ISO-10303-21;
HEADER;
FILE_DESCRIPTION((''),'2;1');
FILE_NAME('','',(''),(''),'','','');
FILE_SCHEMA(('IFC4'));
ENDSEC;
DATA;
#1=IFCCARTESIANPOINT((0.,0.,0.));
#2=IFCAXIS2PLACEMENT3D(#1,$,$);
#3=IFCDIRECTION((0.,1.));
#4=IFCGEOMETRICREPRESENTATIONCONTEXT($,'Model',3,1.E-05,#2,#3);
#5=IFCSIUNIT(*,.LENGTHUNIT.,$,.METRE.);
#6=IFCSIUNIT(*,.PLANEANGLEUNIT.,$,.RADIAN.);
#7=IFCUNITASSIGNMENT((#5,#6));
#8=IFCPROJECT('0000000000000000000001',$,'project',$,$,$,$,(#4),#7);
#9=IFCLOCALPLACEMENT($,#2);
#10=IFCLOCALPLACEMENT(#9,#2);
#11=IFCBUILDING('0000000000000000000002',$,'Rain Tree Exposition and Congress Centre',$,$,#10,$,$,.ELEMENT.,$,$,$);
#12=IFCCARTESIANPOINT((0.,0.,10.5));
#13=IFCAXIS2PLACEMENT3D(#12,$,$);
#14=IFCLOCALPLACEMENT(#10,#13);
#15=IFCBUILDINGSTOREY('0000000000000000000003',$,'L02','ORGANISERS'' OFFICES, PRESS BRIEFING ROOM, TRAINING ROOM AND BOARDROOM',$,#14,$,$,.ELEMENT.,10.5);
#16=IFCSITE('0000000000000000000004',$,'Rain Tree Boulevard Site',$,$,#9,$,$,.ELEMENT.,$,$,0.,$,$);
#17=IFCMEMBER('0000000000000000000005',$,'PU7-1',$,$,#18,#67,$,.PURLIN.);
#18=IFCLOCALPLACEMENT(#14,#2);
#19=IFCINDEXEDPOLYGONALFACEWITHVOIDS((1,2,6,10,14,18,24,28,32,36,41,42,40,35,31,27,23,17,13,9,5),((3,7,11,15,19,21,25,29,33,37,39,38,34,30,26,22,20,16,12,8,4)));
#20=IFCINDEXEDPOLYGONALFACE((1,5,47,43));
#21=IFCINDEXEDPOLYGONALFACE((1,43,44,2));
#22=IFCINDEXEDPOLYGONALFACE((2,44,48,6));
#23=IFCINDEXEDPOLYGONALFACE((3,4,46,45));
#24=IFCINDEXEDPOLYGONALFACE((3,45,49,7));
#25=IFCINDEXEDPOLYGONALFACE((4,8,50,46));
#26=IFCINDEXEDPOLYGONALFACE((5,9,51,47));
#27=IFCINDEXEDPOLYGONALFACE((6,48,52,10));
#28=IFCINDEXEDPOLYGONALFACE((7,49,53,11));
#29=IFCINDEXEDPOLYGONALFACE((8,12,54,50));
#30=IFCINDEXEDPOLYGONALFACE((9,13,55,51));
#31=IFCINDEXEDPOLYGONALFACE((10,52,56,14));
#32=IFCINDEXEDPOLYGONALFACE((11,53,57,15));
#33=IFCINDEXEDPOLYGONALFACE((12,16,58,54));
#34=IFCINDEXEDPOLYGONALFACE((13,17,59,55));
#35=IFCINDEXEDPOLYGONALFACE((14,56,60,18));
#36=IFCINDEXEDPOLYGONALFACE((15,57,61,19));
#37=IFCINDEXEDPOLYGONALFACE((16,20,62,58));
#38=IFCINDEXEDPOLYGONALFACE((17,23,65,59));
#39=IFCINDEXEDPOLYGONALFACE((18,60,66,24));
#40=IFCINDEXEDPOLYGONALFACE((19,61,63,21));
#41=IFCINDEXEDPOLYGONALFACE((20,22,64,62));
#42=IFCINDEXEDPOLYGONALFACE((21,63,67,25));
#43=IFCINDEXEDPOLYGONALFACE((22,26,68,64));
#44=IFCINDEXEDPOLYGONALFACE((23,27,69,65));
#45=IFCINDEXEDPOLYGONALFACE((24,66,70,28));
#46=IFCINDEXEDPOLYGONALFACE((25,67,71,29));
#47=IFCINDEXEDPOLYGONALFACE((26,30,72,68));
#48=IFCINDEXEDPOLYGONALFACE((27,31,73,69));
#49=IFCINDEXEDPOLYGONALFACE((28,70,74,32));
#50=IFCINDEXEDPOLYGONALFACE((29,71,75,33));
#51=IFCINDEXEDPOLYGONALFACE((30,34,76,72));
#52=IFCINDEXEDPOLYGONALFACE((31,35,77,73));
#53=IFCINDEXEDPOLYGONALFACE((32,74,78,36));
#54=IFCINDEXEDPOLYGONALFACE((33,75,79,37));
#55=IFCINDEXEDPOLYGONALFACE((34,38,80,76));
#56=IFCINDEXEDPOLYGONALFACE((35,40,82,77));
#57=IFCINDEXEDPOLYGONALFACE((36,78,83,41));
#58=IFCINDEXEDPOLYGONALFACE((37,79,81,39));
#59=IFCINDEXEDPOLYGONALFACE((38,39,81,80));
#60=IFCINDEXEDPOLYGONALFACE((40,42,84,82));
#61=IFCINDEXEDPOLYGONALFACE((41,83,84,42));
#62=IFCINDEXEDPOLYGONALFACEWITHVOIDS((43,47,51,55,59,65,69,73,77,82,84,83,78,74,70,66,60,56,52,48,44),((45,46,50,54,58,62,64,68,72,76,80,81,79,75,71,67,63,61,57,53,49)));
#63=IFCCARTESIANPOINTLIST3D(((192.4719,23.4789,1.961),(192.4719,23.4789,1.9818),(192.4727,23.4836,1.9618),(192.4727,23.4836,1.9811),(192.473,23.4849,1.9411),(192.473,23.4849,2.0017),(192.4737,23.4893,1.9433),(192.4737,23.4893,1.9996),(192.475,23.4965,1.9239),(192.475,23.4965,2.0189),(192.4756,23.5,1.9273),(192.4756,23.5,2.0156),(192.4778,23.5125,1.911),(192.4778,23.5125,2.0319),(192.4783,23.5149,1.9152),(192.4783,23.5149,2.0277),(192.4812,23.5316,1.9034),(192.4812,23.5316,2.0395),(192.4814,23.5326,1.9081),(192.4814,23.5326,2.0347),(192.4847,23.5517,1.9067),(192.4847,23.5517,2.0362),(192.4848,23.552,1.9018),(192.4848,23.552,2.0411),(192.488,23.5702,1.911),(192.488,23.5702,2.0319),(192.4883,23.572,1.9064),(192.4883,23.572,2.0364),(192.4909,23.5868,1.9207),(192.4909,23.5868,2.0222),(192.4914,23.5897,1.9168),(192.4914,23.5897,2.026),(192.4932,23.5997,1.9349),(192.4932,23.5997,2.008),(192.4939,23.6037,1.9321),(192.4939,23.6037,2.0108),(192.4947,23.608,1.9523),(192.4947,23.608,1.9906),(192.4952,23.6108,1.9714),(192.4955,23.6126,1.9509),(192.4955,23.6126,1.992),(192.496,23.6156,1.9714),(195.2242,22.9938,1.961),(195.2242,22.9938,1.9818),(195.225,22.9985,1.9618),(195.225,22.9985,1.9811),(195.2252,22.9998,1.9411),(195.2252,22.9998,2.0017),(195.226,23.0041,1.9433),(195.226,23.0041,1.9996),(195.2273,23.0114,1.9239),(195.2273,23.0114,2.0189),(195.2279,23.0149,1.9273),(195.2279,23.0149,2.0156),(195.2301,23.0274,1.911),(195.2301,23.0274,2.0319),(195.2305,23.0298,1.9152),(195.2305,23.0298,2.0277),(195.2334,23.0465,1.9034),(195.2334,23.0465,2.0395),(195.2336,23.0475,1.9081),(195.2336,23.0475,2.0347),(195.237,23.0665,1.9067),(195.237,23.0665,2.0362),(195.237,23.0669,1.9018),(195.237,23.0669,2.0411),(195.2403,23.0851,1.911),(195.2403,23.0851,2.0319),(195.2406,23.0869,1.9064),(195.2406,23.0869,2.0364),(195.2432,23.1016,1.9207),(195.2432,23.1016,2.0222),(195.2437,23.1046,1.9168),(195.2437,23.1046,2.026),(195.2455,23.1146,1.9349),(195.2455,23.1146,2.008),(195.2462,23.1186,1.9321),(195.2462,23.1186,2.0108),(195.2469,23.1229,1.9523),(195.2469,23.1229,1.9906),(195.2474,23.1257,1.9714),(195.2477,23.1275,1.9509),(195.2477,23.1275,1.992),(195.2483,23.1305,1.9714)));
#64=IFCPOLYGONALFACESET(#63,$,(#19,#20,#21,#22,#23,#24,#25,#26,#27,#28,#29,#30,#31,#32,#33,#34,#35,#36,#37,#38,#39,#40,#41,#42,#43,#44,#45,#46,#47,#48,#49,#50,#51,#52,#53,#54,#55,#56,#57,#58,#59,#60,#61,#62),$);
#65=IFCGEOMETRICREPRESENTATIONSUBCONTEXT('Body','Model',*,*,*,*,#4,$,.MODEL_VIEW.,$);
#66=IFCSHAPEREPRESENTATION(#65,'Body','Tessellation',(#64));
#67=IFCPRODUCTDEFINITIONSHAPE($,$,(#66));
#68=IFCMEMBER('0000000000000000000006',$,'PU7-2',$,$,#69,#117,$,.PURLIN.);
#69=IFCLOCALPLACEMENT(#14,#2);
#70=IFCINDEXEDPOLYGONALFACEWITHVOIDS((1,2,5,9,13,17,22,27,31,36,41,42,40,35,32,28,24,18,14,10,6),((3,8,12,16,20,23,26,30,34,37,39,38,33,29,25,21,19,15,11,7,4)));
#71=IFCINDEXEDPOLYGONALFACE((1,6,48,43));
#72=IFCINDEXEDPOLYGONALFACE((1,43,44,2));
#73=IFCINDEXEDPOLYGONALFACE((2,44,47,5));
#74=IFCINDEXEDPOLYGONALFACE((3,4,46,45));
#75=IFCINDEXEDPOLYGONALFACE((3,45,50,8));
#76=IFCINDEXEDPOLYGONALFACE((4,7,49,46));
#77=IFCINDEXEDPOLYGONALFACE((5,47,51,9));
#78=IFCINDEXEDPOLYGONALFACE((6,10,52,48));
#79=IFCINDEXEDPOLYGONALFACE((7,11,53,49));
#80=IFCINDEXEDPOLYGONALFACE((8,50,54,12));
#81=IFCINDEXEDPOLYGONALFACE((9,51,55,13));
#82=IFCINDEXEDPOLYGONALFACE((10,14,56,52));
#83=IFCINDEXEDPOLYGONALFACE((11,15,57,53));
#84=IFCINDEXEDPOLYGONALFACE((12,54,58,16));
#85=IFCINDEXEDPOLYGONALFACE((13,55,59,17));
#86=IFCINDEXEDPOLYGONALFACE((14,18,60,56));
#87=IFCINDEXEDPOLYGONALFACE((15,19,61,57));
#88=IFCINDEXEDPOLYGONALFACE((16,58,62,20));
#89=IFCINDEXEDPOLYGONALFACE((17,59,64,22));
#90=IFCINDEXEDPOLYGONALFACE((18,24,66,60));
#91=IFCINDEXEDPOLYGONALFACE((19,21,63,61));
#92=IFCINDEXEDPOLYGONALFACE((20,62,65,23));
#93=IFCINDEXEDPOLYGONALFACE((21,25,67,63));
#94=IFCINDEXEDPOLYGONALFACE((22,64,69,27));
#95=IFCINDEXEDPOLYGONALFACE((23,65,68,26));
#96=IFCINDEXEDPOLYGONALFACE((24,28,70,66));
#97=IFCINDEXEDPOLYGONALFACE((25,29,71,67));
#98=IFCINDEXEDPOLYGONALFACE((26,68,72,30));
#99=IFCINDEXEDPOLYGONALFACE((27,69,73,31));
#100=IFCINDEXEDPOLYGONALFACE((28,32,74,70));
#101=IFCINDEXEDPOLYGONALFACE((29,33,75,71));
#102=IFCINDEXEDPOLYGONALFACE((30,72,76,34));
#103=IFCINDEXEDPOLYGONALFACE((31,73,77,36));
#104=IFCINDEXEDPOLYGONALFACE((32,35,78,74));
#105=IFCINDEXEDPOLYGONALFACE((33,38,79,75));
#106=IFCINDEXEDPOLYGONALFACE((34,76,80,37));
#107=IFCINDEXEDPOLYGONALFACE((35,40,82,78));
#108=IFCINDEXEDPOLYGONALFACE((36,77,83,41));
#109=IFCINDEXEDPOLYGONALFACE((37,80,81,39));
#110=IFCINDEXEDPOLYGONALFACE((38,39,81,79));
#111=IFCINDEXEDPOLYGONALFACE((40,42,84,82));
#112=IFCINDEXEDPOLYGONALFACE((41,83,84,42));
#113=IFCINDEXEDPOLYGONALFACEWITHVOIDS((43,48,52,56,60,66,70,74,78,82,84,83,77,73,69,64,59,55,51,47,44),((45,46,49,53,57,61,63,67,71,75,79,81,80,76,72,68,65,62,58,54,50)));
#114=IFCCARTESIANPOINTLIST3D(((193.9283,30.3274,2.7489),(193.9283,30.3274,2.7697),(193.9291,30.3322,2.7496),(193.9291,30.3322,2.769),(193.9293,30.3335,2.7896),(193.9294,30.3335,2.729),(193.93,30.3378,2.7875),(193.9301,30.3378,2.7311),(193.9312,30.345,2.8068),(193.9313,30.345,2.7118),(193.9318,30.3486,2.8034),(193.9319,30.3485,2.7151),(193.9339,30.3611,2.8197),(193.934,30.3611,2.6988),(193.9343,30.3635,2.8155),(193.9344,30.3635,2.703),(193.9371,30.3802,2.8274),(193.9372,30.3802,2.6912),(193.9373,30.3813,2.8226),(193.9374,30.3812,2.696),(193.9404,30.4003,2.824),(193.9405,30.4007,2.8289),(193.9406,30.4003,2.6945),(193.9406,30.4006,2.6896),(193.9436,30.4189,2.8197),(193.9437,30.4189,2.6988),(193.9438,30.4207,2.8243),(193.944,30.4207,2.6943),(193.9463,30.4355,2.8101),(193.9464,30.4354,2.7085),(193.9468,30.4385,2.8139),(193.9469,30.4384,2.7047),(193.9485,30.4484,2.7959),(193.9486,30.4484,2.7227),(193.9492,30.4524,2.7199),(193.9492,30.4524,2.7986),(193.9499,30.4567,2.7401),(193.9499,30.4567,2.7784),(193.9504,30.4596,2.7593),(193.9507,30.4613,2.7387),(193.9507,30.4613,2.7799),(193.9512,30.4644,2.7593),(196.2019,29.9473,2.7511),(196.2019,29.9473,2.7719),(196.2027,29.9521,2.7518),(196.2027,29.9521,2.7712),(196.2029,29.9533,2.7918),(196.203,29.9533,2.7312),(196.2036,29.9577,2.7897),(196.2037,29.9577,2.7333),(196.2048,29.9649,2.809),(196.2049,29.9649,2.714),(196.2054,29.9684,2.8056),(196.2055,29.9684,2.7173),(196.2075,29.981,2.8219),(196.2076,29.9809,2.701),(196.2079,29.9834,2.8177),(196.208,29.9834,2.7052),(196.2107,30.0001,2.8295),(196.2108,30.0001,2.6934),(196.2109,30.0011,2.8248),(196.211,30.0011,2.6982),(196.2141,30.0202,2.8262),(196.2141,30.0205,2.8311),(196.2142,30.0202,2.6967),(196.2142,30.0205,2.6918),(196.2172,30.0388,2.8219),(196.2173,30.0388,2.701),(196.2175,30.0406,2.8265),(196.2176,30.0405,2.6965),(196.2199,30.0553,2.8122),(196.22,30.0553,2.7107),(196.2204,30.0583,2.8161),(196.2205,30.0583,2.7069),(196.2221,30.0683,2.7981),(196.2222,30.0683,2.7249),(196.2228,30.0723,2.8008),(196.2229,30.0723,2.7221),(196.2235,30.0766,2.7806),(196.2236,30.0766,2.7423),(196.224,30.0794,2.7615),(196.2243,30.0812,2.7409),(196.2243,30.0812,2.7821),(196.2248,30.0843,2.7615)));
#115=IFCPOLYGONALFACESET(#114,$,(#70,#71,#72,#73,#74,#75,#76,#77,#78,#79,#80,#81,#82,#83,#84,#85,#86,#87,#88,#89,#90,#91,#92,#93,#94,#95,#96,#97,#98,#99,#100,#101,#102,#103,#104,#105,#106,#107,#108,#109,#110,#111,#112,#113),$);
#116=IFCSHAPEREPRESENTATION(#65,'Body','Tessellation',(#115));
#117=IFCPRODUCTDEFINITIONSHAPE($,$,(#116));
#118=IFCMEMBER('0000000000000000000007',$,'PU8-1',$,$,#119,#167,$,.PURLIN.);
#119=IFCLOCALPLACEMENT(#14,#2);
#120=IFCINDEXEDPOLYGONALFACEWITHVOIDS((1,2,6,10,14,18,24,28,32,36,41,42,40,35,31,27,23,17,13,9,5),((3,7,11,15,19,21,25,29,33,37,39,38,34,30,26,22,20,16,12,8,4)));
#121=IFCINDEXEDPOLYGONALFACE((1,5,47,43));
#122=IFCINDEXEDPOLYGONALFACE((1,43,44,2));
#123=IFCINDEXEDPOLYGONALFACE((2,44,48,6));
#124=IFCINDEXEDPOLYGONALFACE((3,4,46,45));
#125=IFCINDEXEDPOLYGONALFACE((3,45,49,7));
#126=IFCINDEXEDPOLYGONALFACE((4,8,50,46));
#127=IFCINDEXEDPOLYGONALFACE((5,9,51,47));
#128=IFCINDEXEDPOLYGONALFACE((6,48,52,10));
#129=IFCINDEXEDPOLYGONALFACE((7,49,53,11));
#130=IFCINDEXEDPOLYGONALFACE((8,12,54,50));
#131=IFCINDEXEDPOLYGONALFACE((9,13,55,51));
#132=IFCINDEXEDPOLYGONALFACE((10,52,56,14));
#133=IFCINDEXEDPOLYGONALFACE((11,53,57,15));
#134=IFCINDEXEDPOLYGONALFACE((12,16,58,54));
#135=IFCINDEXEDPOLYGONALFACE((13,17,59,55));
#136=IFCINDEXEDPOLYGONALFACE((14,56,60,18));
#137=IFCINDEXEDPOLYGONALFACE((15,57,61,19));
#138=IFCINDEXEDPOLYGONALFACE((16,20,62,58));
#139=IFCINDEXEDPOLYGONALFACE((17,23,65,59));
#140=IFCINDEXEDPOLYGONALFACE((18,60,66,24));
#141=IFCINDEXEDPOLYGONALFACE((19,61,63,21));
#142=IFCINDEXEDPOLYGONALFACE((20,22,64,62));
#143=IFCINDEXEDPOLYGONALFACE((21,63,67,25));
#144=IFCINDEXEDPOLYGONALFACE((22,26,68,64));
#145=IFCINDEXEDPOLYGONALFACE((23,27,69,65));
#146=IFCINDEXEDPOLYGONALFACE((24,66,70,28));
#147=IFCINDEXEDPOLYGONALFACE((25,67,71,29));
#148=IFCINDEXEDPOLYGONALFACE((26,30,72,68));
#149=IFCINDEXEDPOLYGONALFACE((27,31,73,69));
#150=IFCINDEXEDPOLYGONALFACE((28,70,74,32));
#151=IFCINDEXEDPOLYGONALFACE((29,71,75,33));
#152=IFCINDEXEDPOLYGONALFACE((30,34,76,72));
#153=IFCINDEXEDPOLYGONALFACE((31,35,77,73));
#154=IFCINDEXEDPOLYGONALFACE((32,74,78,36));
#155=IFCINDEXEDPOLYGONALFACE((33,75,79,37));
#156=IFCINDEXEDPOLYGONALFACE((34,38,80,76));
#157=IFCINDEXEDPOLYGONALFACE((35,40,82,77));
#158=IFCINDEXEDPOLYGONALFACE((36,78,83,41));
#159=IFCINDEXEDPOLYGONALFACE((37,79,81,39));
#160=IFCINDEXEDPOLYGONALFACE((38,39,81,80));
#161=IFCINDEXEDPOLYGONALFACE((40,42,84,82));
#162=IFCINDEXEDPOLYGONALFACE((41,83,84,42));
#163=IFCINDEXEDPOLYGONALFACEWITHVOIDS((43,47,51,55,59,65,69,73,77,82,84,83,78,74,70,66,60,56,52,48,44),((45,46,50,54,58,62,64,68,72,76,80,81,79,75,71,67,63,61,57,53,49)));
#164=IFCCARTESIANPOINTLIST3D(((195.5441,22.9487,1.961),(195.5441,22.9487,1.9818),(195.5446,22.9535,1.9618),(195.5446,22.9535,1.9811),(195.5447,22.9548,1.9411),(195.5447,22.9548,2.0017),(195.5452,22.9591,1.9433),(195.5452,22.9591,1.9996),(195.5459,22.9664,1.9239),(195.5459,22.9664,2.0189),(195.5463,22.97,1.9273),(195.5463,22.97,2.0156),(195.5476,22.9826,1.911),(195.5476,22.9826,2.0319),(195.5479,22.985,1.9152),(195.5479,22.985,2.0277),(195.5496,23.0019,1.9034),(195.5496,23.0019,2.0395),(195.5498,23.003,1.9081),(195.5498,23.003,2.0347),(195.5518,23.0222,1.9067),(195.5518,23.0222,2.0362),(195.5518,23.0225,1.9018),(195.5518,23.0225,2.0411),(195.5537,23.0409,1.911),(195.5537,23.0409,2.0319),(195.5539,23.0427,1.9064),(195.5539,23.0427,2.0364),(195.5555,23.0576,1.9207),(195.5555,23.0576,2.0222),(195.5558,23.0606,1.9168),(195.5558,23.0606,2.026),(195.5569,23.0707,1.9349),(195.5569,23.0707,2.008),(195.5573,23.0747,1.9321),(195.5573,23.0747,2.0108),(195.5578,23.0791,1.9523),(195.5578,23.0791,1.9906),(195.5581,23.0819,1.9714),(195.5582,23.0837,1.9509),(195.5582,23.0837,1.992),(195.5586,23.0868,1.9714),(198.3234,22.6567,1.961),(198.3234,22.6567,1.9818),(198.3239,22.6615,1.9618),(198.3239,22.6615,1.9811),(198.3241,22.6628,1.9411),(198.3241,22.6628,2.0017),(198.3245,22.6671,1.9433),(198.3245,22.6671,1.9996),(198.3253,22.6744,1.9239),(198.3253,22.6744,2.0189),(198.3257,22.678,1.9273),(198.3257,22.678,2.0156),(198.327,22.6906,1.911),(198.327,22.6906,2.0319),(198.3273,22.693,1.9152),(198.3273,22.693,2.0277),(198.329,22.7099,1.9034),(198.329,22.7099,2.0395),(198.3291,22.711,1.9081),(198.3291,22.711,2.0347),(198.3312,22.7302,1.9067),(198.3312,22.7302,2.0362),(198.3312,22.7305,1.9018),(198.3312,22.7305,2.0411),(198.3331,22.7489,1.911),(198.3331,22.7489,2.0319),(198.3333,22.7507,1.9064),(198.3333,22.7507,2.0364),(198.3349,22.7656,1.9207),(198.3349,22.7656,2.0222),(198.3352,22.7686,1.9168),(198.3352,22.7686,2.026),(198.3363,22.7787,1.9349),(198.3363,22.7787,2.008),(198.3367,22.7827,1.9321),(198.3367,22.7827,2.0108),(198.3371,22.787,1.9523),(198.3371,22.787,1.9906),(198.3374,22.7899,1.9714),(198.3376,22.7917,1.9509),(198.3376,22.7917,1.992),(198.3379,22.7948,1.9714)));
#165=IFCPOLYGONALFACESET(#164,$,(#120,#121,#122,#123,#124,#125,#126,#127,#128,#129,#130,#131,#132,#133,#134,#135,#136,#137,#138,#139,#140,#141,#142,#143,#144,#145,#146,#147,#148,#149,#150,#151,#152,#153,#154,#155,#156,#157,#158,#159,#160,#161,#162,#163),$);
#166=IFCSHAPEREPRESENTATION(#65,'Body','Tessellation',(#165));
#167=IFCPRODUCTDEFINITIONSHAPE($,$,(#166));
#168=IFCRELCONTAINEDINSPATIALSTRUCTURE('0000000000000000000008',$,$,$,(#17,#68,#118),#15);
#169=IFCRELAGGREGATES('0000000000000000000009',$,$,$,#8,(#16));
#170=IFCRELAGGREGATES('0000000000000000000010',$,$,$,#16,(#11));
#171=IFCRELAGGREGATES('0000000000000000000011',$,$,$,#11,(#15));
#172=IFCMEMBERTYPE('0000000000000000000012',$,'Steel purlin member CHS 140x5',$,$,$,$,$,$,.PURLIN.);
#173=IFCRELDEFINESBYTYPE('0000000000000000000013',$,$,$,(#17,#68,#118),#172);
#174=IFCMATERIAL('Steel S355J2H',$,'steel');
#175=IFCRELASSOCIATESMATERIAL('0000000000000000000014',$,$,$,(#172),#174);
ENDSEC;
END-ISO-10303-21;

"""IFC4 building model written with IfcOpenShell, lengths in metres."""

from ifc_helpers import new_model, si_unit, direction, frame, origin, origin_2d, place, context, subcontext, project, spatial, hollow_circle, extrude, material, material_profile, profile_set, type_object, element, save


model = new_model("IFC4")

# Units and contexts
model_context = context("Model", 3, precision=1e-05, world=origin(), true_north=direction((0.0, 1.0)))
body_context = subcontext(model_context, "Body", "Model", "MODEL_VIEW")
ifc_project = project(units=[si_unit("LENGTHUNIT", "METRE"), si_unit("PLANEANGLEUNIT", "RADIAN")], contexts=[model_context])

# Site, building, storey
site_placement = place(None, origin())
site = spatial("IfcSite", under=ifc_project, at=site_placement, Name="Rain Tree Boulevard Site", CompositionType="ELEMENT", RefElevation=0.0)
building_placement = place(site_placement, origin())
building = spatial("IfcBuilding", under=site, at=building_placement, Name="Rain Tree Exposition and Congress Centre", CompositionType="ELEMENT")
storey_placement = place(building_placement, frame((0.0, 0.0, 10.5)))
storey = spatial("IfcBuildingStorey", under=building, at=storey_placement, Name="L02", Description="ORGANISERS' OFFICES, PRESS BRIEFING ROOM, TRAINING ROOM AND BOARDROOM", CompositionType="ELEMENT", Elevation=10.5)

# Members
ifc_material_1 = material(Name="Steel S355J2H", Category="steel")
ifc_material_profile_1 = material_profile(ifc_material_1, hollow_circle(Radius=0.0698, WallThickness=0.0049, at=origin_2d()), Name="CHS 140x5")
ifc_profile_set_1 = profile_set([ifc_material_profile_1], Name="Steel S355J2H")
member_type_1 = type_object("IfcMemberType", Name="Steel purlin member CHS 140x5", PredefinedType="PURLIN", material=ifc_profile_set_1)
member_1_placement = place(storey_placement, frame((192.4839, 23.5469, 1.9714), z_axis=(0.984819, -0.173586, 0.0), x_axis=(0.173586, 0.984819, 0.0)))
element("IfcMember", 1, at=member_1_placement, inside=storey, type_object=member_type_1, Name="PU7-1", PredefinedType="PURLIN", context=body_context, shape_type="SweptSolid", body=[
    extrude(hollow_circle(Radius=0.0698, WallThickness=0.0049, at=origin_2d()), origin(), (0.0, 0.0, 1.0), 2.7947),
])
member_2_placement = place(storey_placement, frame((193.9397, 30.3955, 2.7593), z_axis=(0.98631, -0.164897, 0.000953), x_axis=(0.164897, 0.986311, 0.0)))
element("IfcMember", 2, at=member_2_placement, inside=storey, type_object=member_type_1, Name="PU7-2", PredefinedType="PURLIN", context=body_context, shape_type="SweptSolid", body=[
    extrude(hollow_circle(Radius=0.0698, WallThickness=0.0049, at=origin_2d()), origin(), (0.0, 0.0, 1.0), 2.3052),
])
member_3_placement = place(storey_placement, frame((195.5513, 23.0173, 1.9714), z_axis=(0.994526, -0.104485, 0.0), x_axis=(0.104485, 0.994526, 0.0)))
element("IfcMember", 3, at=member_3_placement, inside=storey, type_object=member_type_1, Name="PU8-1", PredefinedType="PURLIN", context=body_context, shape_type="SweptSolid", body=[
    extrude(hollow_circle(Radius=0.0698, WallThickness=0.0049, at=origin_2d()), origin(), (0.0, 0.0, 1.0), 2.7947),
])

save(model, "model.ifc")
